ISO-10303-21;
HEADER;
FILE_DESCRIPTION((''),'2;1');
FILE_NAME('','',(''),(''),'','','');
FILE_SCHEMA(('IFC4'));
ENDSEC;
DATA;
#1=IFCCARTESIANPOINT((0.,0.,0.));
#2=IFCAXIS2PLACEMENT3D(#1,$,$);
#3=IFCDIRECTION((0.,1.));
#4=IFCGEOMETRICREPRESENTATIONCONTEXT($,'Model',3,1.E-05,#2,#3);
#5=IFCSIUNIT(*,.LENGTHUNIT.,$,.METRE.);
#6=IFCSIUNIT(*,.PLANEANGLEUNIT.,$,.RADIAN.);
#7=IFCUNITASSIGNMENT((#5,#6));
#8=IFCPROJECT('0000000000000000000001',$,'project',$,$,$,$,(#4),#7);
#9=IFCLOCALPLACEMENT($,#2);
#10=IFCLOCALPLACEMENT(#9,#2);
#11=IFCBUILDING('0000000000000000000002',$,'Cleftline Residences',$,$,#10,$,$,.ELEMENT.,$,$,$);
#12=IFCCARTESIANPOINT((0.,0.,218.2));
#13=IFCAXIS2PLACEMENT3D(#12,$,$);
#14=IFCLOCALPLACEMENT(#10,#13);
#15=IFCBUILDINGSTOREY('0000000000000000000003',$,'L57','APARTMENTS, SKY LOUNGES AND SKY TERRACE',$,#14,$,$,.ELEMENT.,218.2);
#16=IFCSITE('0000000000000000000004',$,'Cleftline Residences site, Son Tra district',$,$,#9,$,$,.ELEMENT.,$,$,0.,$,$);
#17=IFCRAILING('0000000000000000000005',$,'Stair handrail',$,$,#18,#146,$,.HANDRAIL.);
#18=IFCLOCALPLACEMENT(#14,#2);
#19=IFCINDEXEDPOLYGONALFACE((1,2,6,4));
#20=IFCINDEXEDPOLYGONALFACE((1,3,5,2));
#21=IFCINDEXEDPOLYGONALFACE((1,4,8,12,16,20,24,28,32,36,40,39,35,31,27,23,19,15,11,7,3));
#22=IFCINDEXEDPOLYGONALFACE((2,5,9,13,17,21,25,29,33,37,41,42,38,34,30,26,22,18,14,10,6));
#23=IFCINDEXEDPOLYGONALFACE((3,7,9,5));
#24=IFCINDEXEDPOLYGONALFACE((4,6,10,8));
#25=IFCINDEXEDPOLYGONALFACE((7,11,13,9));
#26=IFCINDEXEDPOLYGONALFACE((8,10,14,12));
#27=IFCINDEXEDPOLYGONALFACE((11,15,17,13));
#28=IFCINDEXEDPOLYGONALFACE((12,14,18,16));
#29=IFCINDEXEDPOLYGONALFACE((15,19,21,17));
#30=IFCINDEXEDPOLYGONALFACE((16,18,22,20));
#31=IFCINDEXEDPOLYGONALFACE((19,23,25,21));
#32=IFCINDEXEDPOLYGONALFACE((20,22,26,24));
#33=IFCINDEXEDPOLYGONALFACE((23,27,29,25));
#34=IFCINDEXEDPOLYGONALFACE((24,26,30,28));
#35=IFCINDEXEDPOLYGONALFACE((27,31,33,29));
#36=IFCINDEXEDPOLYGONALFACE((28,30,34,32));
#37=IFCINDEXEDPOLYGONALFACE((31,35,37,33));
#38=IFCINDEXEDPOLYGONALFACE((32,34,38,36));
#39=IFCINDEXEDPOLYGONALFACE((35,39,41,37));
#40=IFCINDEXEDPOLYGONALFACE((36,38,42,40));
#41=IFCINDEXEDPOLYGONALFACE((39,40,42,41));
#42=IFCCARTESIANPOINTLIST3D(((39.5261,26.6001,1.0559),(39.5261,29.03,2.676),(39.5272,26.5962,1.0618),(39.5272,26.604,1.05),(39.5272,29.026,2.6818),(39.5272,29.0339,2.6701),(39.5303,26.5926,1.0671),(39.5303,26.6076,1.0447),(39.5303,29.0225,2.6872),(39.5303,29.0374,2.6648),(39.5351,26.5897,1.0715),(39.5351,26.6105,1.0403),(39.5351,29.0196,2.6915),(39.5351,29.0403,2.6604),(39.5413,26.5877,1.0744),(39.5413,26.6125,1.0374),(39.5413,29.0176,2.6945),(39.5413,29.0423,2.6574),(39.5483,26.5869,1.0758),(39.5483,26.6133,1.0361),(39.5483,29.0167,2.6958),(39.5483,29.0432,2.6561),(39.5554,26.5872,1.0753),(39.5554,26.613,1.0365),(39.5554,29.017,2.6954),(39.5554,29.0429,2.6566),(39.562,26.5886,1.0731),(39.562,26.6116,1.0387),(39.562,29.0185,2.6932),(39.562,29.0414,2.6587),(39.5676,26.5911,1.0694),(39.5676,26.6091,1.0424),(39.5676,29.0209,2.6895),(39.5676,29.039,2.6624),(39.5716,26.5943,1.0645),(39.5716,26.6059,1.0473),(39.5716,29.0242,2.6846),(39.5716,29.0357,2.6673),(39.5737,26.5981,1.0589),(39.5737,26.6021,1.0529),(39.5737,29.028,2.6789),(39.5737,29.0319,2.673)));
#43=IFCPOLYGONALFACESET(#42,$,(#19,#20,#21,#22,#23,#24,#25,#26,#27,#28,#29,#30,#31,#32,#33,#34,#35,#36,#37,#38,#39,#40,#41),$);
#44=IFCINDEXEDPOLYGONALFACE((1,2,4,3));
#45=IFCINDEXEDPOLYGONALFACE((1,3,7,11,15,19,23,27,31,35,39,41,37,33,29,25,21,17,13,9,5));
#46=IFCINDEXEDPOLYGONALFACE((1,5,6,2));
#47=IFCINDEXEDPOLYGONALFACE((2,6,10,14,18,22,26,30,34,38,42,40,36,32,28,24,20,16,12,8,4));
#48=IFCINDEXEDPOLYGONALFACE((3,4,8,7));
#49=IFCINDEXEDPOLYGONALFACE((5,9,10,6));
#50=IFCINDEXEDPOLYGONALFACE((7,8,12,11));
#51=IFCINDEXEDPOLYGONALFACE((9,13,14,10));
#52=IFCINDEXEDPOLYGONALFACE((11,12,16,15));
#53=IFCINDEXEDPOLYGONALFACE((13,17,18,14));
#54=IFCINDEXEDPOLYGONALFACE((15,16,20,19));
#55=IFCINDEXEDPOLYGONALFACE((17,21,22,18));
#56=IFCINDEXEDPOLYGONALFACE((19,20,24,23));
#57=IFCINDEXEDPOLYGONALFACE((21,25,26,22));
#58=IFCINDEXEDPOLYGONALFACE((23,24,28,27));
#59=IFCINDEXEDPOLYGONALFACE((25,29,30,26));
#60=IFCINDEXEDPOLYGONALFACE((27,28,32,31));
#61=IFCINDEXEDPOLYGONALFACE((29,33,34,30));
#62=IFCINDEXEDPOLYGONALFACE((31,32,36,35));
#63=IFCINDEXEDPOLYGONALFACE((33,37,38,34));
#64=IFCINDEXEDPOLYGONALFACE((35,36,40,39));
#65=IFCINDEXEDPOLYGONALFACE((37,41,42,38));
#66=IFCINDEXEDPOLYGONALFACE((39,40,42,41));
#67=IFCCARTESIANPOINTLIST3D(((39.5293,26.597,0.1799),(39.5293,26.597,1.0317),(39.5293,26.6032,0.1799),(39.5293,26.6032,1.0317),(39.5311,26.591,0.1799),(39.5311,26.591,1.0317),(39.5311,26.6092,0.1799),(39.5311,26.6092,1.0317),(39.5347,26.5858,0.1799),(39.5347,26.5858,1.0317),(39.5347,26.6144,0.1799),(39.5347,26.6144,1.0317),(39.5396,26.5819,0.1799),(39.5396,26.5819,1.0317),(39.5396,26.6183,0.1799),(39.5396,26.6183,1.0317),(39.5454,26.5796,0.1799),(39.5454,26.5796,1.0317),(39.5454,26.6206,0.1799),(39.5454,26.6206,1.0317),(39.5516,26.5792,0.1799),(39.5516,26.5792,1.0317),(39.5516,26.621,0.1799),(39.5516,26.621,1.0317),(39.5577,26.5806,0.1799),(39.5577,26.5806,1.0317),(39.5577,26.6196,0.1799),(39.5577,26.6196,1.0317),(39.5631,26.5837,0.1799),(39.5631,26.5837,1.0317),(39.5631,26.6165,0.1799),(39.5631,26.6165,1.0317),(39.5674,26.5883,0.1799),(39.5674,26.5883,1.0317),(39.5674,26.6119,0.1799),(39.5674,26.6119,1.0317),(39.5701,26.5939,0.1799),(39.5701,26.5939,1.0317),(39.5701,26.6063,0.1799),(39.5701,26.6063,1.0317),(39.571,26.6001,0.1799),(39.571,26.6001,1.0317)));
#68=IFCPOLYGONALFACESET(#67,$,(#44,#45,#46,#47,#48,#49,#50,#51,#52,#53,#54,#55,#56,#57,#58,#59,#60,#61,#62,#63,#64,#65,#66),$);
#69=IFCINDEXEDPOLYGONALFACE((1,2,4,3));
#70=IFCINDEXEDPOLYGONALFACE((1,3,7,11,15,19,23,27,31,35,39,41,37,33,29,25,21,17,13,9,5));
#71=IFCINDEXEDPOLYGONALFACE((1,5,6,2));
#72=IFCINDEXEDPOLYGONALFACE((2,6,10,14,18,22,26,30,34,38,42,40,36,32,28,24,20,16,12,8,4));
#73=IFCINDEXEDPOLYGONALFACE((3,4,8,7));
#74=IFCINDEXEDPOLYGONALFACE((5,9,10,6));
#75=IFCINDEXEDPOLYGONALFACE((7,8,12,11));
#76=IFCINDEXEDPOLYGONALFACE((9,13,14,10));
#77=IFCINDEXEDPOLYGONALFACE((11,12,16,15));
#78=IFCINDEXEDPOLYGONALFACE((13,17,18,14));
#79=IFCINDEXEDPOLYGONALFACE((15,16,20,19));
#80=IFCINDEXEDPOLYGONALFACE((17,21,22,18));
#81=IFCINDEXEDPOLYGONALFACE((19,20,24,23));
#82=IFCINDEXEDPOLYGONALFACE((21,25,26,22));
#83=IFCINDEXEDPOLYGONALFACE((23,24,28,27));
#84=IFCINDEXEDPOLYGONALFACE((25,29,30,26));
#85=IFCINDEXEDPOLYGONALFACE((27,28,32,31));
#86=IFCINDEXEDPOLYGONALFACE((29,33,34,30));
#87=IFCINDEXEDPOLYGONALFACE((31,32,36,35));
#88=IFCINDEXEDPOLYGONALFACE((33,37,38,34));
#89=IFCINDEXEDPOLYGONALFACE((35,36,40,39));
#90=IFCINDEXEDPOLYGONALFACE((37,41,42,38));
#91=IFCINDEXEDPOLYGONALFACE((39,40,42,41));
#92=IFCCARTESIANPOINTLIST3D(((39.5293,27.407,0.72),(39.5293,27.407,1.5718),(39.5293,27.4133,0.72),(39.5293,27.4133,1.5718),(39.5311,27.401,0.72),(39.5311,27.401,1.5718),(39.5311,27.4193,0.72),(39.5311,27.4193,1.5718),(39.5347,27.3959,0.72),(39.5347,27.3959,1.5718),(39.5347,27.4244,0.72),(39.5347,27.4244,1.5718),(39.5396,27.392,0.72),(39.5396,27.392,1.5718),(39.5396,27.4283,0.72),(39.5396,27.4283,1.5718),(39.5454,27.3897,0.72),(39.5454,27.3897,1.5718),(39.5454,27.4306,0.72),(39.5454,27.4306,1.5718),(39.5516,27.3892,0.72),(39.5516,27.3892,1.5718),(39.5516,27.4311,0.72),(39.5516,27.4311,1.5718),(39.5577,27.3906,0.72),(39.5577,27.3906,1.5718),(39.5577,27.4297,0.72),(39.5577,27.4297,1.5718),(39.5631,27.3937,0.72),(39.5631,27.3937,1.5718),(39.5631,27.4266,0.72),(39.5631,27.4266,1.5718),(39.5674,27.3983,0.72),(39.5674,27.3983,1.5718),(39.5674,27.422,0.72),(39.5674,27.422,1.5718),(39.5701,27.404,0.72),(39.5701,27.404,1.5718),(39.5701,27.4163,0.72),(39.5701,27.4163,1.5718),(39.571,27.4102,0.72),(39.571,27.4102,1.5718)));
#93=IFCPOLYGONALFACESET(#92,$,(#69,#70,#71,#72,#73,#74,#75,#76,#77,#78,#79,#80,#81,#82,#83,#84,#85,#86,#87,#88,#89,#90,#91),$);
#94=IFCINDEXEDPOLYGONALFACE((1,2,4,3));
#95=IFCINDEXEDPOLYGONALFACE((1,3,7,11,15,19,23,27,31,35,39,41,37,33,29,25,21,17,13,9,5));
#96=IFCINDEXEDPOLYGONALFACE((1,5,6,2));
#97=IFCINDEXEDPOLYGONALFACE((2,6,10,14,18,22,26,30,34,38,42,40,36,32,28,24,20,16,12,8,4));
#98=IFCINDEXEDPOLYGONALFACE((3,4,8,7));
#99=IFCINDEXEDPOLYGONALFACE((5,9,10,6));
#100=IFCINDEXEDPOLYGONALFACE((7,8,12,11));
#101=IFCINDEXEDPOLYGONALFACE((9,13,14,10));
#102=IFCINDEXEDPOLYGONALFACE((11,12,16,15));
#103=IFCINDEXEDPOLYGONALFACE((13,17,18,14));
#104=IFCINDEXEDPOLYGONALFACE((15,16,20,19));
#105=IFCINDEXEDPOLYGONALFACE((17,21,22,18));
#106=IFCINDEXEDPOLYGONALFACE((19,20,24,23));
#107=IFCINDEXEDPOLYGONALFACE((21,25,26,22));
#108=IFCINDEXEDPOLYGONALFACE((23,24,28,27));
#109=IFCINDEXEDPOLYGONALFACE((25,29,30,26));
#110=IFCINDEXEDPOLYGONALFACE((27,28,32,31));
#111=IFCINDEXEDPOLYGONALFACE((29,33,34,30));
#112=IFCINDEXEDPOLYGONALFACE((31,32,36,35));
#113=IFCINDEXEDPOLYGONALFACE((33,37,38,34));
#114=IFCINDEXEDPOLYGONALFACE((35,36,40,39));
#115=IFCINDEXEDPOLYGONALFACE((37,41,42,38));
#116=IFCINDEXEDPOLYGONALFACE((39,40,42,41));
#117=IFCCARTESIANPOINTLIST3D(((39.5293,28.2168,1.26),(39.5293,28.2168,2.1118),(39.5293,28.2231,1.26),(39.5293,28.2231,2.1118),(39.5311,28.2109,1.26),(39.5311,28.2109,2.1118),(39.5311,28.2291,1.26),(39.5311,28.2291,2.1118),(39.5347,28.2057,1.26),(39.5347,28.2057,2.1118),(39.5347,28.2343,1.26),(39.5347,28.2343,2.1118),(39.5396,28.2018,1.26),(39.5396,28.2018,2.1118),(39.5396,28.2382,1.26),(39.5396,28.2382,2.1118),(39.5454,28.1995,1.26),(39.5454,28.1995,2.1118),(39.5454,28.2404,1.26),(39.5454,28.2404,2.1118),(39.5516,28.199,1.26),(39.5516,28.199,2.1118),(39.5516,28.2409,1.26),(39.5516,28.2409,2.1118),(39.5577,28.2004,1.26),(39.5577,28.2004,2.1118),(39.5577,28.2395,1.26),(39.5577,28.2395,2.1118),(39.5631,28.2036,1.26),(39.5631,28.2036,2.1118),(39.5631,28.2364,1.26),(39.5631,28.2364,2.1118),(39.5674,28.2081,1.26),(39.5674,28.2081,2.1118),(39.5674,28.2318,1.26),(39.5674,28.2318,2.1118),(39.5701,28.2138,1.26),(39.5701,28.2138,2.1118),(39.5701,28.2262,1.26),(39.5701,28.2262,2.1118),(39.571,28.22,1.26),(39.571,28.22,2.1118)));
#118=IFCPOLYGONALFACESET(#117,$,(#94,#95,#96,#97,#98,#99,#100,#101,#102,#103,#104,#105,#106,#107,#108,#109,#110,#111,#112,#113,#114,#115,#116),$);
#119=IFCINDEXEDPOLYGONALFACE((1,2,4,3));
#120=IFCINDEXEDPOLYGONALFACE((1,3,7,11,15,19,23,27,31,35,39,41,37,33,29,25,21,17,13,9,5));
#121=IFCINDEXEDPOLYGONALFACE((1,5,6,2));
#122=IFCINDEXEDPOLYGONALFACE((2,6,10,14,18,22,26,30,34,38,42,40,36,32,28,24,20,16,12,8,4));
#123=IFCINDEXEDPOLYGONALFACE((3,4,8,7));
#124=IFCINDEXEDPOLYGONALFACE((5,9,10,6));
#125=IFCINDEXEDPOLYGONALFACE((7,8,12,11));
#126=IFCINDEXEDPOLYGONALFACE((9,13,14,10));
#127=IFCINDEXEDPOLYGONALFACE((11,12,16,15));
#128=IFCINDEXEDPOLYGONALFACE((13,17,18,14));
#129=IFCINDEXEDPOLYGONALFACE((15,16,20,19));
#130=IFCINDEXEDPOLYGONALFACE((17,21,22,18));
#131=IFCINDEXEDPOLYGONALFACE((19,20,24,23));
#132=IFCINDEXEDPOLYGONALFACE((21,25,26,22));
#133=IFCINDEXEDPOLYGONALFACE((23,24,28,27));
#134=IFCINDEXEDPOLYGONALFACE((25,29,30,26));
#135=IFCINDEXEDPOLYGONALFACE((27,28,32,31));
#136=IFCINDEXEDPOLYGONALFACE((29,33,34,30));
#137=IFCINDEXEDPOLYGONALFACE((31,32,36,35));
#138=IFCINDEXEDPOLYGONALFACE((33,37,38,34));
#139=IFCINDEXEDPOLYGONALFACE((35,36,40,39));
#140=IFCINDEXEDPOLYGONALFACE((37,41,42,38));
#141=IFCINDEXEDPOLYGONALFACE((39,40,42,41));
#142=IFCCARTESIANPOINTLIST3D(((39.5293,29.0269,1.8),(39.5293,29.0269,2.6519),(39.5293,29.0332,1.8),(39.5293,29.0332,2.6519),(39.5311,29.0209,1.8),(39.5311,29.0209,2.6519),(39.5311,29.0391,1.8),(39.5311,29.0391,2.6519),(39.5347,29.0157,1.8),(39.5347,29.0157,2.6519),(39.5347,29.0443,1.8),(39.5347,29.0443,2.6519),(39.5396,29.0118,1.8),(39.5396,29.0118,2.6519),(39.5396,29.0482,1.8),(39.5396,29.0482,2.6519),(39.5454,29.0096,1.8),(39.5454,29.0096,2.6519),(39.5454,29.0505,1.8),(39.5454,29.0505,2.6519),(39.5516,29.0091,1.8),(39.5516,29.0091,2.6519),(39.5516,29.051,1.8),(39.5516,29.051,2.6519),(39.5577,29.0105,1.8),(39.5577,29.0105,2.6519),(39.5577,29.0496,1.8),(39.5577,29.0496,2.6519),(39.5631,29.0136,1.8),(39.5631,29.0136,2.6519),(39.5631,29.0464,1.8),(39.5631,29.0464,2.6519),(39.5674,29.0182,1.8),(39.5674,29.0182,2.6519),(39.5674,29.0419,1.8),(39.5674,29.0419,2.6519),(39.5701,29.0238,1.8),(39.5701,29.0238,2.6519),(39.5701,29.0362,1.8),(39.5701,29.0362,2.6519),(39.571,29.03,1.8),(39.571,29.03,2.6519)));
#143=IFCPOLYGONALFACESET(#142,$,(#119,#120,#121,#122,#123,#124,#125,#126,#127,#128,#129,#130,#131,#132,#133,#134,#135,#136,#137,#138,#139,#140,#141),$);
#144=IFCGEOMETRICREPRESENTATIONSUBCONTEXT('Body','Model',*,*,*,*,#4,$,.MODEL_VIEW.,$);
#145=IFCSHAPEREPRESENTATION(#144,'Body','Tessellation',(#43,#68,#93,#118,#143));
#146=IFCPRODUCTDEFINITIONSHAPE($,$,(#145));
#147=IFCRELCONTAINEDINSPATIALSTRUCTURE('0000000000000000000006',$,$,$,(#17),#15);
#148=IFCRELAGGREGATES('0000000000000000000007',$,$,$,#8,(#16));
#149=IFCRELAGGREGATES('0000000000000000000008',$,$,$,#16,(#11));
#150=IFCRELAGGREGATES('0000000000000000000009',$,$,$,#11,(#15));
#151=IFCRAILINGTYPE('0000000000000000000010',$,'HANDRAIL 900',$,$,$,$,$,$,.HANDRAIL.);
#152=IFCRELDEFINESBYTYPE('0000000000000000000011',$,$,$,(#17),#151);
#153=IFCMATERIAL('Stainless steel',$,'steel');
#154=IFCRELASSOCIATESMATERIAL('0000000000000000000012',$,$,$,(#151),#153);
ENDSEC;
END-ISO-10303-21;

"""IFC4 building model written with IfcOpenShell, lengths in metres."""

from ifc_helpers import new_model, si_unit, direction, frame, origin, origin_2d, place, context, subcontext, project, spatial, circle, extrude, material, type_object, element, save


model = new_model("IFC4")

# Units and contexts
model_context = context("Model", 3, precision=1e-05, world=origin(), true_north=direction((0.0, 1.0)))
body_context = subcontext(model_context, "Body", "Model", "MODEL_VIEW")
ifc_project = project(units=[si_unit("LENGTHUNIT", "METRE"), si_unit("PLANEANGLEUNIT", "RADIAN")], contexts=[model_context])

# Site, building, storey
site_placement = place(None, origin())
site = spatial("IfcSite", under=ifc_project, at=site_placement, Name="Cleftline Residences site, Son Tra district", CompositionType="ELEMENT", RefElevation=0.0)
building_placement = place(site_placement, origin())
building = spatial("IfcBuilding", under=site, at=building_placement, Name="Cleftline Residences", CompositionType="ELEMENT")
storey_placement = place(building_placement, frame((0.0, 0.0, 218.2)))
storey = spatial("IfcBuildingStorey", under=building, at=storey_placement, Name="L57", Description="APARTMENTS, SKY LOUNGES AND SKY TERRACE", CompositionType="ELEMENT", Elevation=218.2)

# Railing
ifc_material_1 = material(Name="Stainless steel", Category="steel")
railing_type = type_object("IfcRailingType", Name="HANDRAIL 900", PredefinedType="HANDRAIL", material=ifc_material_1)
railing_1_placement = place(storey_placement, frame((39.55, 26.6001, 0.1799)))
element("IfcRailing", 1, at=railing_1_placement, inside=storey, type_object=railing_type, Name="Stair handrail", PredefinedType="HANDRAIL", context=body_context, shape_type="SweptSolid", body=[
    extrude(circle(Radius=0.0239, at=origin_2d()), frame((0.0, 0.0, 0.876), z_axis=(0.0, 0.832025, 0.554739), x_axis=(-1.0, 0.0, 0.0)), (0.0, 0.0, 1.0), 2.9204),
    extrude(circle(Radius=0.021, at=origin_2d()), origin(), (0.0, 0.0, 1.0), 0.8518),
    extrude(circle(Radius=0.021, at=origin_2d()), frame((0.0, 0.8101, 0.54)), (0.0, 0.0, 1.0), 0.8518),
    extrude(circle(Radius=0.021, at=origin_2d()), frame((0.0, 1.6199, 1.0801)), (0.0, 0.0, 1.0), 0.8518),
    extrude(circle(Radius=0.021, at=origin_2d()), frame((0.0, 2.4299, 1.6201)), (0.0, 0.0, 1.0), 0.8518),
])

save(model, "model.ifc")
